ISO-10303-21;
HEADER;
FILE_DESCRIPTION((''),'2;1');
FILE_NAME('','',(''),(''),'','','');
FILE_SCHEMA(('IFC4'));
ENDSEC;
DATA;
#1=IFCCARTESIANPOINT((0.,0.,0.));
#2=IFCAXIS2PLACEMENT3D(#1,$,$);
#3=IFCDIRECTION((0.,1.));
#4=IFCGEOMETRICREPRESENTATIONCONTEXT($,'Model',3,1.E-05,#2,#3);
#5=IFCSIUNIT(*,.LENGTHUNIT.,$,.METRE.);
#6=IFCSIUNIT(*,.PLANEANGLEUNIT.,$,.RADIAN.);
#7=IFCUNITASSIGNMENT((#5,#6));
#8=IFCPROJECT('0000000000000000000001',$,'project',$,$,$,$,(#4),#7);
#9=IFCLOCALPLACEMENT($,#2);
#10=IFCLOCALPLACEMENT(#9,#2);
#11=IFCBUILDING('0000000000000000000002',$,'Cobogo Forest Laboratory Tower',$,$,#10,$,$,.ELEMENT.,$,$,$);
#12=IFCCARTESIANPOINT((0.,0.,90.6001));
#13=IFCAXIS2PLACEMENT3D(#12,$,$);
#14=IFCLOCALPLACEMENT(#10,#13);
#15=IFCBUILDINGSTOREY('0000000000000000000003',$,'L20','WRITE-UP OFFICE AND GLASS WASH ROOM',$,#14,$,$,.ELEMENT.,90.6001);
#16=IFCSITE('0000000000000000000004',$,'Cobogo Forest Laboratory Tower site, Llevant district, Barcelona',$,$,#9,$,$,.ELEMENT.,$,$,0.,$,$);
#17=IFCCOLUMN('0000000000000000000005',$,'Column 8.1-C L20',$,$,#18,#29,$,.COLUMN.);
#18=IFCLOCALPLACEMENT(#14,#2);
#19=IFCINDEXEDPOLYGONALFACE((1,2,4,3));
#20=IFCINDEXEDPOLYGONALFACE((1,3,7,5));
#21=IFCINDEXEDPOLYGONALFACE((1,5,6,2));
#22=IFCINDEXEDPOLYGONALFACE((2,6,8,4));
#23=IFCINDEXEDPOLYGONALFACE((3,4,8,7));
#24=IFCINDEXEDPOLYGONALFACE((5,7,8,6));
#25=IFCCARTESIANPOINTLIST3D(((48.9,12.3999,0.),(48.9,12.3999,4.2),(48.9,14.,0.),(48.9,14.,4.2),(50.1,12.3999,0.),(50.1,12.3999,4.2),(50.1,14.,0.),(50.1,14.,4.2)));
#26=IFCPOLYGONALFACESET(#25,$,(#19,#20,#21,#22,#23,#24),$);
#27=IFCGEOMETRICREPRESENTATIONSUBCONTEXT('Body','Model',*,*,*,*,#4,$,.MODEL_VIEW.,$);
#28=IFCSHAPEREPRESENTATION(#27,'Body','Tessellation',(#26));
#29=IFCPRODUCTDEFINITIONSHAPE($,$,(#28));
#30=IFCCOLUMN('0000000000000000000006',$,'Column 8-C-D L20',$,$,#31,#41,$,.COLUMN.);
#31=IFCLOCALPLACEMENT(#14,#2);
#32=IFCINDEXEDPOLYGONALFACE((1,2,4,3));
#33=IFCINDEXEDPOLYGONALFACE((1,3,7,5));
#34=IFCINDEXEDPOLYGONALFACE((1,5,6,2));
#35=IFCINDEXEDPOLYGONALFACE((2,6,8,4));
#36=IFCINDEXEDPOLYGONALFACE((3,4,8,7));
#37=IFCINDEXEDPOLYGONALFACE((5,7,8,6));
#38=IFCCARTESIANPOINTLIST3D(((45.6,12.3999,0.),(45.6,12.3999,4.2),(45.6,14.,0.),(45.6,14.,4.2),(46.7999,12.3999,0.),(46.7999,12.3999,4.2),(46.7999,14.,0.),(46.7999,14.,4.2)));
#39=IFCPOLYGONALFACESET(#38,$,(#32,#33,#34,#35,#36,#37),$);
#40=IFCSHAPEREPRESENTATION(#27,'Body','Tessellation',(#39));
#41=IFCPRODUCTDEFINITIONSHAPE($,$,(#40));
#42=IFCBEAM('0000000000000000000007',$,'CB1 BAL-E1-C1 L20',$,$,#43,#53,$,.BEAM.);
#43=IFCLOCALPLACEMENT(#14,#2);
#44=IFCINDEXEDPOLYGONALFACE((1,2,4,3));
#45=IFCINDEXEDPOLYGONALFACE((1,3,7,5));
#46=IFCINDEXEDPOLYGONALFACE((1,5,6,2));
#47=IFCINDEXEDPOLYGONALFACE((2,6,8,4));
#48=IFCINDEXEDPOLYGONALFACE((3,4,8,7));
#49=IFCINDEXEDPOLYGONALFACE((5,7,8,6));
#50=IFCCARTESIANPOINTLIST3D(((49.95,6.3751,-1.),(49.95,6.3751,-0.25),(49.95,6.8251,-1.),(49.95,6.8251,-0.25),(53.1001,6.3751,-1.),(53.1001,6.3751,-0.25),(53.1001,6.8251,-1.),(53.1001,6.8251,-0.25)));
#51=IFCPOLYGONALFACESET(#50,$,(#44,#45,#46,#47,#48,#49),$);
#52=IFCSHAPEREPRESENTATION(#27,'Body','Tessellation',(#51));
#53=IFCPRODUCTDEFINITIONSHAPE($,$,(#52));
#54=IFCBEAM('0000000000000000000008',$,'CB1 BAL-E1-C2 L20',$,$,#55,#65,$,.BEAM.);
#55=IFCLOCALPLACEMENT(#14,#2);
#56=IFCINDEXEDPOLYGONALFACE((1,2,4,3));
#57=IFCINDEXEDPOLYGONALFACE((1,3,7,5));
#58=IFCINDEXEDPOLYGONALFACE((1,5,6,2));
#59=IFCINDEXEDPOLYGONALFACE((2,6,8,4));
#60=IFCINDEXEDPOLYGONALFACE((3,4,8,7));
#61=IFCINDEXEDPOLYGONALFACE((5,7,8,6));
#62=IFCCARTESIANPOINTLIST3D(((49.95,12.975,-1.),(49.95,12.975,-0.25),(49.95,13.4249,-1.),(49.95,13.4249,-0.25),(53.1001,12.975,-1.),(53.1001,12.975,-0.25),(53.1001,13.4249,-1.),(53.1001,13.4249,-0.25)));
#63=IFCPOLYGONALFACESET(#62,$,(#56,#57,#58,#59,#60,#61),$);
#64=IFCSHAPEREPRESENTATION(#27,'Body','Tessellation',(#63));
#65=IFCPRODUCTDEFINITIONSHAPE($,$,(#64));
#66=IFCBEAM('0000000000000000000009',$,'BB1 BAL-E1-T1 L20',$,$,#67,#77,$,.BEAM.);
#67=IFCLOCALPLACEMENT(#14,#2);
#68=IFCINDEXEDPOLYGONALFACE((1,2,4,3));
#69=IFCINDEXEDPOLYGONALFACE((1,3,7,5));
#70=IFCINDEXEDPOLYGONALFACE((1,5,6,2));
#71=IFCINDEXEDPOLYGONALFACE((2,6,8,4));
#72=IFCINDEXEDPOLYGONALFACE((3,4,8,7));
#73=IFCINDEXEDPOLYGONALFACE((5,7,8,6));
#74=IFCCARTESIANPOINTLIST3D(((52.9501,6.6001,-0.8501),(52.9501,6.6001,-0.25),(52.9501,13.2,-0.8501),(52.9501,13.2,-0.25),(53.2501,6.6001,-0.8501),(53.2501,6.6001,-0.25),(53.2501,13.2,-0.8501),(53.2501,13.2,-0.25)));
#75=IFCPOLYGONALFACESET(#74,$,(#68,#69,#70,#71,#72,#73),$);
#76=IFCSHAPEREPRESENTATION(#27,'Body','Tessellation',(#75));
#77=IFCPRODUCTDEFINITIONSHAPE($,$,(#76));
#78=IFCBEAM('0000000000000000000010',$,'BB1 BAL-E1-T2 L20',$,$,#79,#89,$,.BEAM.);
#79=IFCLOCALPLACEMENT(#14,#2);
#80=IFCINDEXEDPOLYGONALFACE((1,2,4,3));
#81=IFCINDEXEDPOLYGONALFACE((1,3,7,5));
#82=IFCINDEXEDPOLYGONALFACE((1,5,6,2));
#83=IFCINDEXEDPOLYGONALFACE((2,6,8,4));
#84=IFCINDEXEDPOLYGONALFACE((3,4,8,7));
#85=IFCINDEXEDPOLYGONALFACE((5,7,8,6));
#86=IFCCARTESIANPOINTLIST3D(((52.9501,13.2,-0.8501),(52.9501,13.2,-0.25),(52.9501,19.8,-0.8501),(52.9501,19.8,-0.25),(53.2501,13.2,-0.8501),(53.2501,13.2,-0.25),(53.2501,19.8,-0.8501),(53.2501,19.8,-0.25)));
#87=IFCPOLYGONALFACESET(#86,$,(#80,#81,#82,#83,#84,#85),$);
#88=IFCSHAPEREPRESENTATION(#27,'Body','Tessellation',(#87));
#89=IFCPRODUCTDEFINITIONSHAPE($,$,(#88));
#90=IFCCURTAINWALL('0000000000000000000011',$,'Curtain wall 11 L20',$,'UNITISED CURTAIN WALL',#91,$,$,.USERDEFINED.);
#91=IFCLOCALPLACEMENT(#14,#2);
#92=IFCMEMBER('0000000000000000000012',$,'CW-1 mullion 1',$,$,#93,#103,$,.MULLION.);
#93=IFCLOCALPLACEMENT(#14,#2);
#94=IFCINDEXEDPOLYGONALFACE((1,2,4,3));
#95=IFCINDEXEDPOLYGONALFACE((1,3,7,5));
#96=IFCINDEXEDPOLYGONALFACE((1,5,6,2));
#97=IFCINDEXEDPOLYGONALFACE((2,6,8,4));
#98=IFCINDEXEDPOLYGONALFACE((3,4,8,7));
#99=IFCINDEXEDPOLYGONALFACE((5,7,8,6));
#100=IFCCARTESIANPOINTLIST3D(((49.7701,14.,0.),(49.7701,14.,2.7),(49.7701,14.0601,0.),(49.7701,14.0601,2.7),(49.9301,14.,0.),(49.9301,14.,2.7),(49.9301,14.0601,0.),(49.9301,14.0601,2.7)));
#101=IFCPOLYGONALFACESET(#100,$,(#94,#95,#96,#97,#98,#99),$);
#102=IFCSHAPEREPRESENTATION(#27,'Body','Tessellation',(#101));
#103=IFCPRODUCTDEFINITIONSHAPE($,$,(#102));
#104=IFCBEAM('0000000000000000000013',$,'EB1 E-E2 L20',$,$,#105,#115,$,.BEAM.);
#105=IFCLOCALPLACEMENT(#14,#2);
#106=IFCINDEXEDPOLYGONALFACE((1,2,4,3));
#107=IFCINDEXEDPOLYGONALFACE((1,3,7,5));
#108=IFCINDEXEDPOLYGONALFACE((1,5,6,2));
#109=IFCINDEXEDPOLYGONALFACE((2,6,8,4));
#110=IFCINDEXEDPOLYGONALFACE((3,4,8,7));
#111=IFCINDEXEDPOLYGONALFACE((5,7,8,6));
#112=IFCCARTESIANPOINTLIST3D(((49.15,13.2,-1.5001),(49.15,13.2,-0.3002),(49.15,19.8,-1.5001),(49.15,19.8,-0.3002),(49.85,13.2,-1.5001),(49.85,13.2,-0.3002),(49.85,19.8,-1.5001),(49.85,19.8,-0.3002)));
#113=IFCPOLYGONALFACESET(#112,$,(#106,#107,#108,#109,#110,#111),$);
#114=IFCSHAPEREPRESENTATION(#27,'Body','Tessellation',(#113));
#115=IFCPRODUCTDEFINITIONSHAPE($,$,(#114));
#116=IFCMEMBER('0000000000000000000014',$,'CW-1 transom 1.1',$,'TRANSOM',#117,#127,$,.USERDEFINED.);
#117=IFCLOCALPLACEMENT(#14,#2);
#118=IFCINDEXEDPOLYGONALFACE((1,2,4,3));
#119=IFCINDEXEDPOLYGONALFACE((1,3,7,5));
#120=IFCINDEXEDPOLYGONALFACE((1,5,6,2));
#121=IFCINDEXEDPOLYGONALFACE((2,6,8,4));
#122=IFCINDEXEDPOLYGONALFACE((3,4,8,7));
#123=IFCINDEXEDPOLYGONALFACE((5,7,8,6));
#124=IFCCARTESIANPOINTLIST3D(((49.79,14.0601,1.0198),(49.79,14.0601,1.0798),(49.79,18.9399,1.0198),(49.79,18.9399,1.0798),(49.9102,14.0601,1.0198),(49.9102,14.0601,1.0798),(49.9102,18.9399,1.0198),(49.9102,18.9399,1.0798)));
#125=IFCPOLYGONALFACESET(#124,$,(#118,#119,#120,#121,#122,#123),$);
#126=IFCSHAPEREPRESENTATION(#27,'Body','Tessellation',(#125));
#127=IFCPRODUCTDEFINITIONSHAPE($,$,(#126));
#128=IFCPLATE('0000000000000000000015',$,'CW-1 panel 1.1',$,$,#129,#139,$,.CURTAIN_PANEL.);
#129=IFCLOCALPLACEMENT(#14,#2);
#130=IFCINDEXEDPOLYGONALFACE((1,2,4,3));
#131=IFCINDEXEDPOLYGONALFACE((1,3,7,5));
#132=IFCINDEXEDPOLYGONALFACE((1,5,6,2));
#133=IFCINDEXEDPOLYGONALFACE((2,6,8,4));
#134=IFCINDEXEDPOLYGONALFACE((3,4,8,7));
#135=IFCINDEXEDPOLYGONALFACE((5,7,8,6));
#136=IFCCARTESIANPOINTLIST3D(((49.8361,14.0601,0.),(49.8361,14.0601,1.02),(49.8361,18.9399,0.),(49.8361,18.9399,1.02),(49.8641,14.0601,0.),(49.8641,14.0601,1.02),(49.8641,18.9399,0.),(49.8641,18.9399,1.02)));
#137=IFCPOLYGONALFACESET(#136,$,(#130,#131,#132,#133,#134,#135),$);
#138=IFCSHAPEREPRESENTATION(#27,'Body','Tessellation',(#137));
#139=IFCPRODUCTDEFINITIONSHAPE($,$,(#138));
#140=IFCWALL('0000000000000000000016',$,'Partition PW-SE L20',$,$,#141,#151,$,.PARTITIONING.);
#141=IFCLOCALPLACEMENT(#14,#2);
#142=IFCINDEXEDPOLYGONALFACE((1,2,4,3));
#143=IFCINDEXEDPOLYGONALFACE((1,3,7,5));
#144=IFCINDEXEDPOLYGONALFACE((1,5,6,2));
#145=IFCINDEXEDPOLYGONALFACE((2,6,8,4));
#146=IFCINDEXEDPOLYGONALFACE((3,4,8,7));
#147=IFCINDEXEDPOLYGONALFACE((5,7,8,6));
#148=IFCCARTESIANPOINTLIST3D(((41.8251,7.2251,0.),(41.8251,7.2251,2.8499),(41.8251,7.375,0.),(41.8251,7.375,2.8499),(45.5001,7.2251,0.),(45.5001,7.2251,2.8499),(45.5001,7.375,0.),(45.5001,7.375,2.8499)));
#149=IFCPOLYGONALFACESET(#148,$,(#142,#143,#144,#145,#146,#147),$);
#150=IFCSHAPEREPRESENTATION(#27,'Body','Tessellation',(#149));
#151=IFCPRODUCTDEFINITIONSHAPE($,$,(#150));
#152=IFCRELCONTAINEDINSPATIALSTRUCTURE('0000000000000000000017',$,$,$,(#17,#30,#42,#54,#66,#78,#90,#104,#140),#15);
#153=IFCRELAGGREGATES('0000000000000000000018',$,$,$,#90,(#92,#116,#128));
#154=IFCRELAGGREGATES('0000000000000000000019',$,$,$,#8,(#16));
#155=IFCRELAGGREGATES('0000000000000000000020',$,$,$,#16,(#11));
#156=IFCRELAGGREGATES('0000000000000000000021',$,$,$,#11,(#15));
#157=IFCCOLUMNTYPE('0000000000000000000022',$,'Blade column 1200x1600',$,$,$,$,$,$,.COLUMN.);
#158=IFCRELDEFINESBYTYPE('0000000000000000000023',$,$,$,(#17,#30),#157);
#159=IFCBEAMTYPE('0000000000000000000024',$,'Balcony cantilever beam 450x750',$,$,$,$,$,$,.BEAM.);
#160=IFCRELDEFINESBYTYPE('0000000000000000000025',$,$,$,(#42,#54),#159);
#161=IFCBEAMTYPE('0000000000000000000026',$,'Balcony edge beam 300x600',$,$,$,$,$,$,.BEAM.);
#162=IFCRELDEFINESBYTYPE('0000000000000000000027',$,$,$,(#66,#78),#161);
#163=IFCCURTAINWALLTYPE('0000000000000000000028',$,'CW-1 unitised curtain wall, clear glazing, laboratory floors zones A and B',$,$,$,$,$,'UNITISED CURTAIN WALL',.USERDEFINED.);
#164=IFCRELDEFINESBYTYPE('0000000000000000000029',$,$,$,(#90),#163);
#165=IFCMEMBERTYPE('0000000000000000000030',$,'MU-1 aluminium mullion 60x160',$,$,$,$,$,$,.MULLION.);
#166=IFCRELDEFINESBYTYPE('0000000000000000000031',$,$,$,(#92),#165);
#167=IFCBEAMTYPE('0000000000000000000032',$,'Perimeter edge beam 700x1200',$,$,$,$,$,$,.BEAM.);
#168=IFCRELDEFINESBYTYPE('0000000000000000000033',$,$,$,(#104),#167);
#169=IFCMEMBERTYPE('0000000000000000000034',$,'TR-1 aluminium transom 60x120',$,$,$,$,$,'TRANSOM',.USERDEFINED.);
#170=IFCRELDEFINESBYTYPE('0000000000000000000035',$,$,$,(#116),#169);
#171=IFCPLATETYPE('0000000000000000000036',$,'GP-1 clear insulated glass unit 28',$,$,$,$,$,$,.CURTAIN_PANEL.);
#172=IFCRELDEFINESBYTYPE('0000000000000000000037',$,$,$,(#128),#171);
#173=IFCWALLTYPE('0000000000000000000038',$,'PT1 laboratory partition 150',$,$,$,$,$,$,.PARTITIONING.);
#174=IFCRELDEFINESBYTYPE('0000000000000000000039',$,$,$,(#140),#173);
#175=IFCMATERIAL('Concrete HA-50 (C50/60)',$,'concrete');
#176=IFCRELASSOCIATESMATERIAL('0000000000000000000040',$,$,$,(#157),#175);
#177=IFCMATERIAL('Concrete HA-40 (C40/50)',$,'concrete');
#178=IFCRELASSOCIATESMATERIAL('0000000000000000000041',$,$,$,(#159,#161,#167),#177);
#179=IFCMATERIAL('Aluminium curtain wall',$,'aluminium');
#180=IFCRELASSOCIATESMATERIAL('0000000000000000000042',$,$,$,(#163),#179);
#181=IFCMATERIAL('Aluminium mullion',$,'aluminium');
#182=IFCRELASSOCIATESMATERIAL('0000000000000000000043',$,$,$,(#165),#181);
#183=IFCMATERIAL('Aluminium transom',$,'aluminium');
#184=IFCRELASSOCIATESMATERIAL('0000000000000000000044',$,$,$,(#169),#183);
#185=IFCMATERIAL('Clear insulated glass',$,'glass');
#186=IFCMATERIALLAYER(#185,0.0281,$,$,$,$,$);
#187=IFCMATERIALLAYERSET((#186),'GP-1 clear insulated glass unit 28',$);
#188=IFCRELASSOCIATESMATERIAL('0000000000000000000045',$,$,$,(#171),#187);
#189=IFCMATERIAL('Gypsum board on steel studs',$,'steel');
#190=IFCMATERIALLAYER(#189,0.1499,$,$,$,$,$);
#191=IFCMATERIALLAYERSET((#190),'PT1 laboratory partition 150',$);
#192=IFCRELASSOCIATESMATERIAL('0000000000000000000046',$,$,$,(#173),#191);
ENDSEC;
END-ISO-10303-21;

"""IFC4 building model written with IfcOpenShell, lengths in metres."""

from ifc_helpers import new_model, si_unit, direction, frame, frame_2d, origin, origin_2d, place, context, subcontext, project, spatial, rectangle, extrude, material, layer, layer_set, material_profile, profile_set, type_object, element, aggregate, save


model = new_model("IFC4")

# Units and contexts
model_context = context("Model", 3, precision=1e-05, world=origin(), true_north=direction((0.0, 1.0)))
body_context = subcontext(model_context, "Body", "Model", "MODEL_VIEW")
ifc_project = project(units=[si_unit("LENGTHUNIT", "METRE"), si_unit("PLANEANGLEUNIT", "RADIAN")], contexts=[model_context])

# Site, building, storey
site_placement = place(None, origin())
site = spatial("IfcSite", under=ifc_project, at=site_placement, Name="Cobogo Forest Laboratory Tower site, Llevant district, Barcelona", CompositionType="ELEMENT", RefElevation=0.0)
building_placement = place(site_placement, origin())
building = spatial("IfcBuilding", under=site, at=building_placement, Name="Cobogo Forest Laboratory Tower", CompositionType="ELEMENT")
storey_placement = place(building_placement, frame((0.0, 0.0, 90.6001)))
storey = spatial("IfcBuildingStorey", under=building, at=storey_placement, Name="L20", Description="WRITE-UP OFFICE AND GLASS WASH ROOM", CompositionType="ELEMENT", Elevation=90.6001)

# Columns
ifc_material_1 = material(Name="Concrete HA-50 (C50/60)", Category="concrete")
ifc_material_profile_1 = material_profile(ifc_material_1, rectangle(XDim=1.6001, YDim=1.2, at=origin_2d()), Name="RC 1200x1600")
ifc_profile_set_1 = profile_set([ifc_material_profile_1], Name="Concrete HA-50 (C50/60)")
column_type = type_object("IfcColumnType", Name="Blade column 1200x1600", PredefinedType="COLUMN", material=ifc_profile_set_1)
for number, where, z_axis, x_axis, name in (
    (1, (49.5, 13.2, 0.0), (0.0, 0.0, 1.0), (0.0, 1.0, 0.0), "Column 8.1-C L20"),
    (2, (46.2, 13.2, 0.0), (0.0, 0.0, 1.0), (0.0, 1.0, 0.0), "Column 8-C-D L20"),
):
    element("IfcColumn", number, at=place(storey_placement, frame(where, z_axis=z_axis, x_axis=x_axis)), inside=storey, type_object=column_type, Name=name, PredefinedType="COLUMN", context=body_context, shape_type="SweptSolid", body=[
        extrude(rectangle(XDim=1.6001, YDim=1.2, at=origin_2d()), origin(), (0.0, 0.0, 1.0), 4.2),
    ])

# Beams
ifc_material_2 = material(Name="Concrete HA-40 (C40/50)", Category="concrete")
ifc_material_profile_2 = material_profile(ifc_material_2, rectangle(XDim=0.45, YDim=0.75, at=origin_2d()), Name="RC 450x750")
ifc_profile_set_2 = profile_set([ifc_material_profile_2], Name="Concrete HA-40 (C40/50)")
beam_type_1 = type_object("IfcBeamType", Name="Balcony cantilever beam 450x750", PredefinedType="BEAM", material=ifc_profile_set_2)
for number, where, z_axis, x_axis, name in (
    (3, (49.95, 6.6001, -0.625), (1.0, 0.0, 0.0), (0.0, 1.0, 0.0), "CB1 BAL-E1-C1 L20"),
    (4, (49.95, 13.2, -0.625), (1.0, 0.0, 0.0), (0.0, 1.0, 0.0), "CB1 BAL-E1-C2 L20"),
):
    element("IfcBeam", number, at=place(storey_placement, frame(where, z_axis=z_axis, x_axis=x_axis)), inside=storey, type_object=beam_type_1, Name=name, PredefinedType="BEAM", context=body_context, shape_type="SweptSolid", body=[
        extrude(rectangle(XDim=0.45, YDim=0.75, at=origin_2d()), origin(), (0.0, 0.0, 1.0), 3.1501),
    ])
ifc_material_profile_3 = material_profile(ifc_material_2, rectangle(XDim=0.3, YDim=0.6001, at=origin_2d()), Name="RC 300x600")
ifc_profile_set_3 = profile_set([ifc_material_profile_3], Name="Concrete HA-40 (C40/50)")
beam_type_2 = type_object("IfcBeamType", Name="Balcony edge beam 300x600", PredefinedType="BEAM", material=ifc_profile_set_3)
beam_1_placement = place(storey_placement, frame((53.1001, 6.6001, -0.55), z_axis=(0.0, 1.0, 0.0), x_axis=(-1.0, 0.0, 0.0)))
element("IfcBeam", 5, at=beam_1_placement, inside=storey, type_object=beam_type_2, Name="BB1 BAL-E1-T1 L20", PredefinedType="BEAM", context=body_context, shape_type="SweptSolid", body=[
    extrude(rectangle(XDim=0.3, YDim=0.6001, at=origin_2d()), origin(), (0.0, 0.0, 1.0), 6.5999),
])
beam_2_placement = place(storey_placement, frame((53.1001, 13.2, -0.55), z_axis=(0.0, 1.0, 0.0), x_axis=(-1.0, 0.0, 0.0)))
element("IfcBeam", 6, at=beam_2_placement, inside=storey, type_object=beam_type_2, Name="BB1 BAL-E1-T2 L20", PredefinedType="BEAM", context=body_context, shape_type="SweptSolid", body=[
    extrude(rectangle(XDim=0.3, YDim=0.6001, at=origin_2d()), origin(), (0.0, 0.0, 1.0), 6.6001),
])

# Curtain wall, member
ifc_material_3 = material(Name="Aluminium curtain wall", Category="aluminium")
curtain_wall_type = type_object("IfcCurtainWallType", Name="CW-1 unitised curtain wall, clear glazing, laboratory floors zones A and B", ElementType="UNITISED CURTAIN WALL", PredefinedType="USERDEFINED", material=ifc_material_3)
curtain_wall_placement = place(storey_placement, origin())
curtain_wall = element("IfcCurtainWall", 7, at=curtain_wall_placement, inside=storey, type_object=curtain_wall_type, Name="Curtain wall 11 L20", ObjectType="UNITISED CURTAIN WALL", PredefinedType="USERDEFINED")
ifc_material_4 = material(Name="Aluminium mullion", Category="aluminium")
ifc_material_profile_4 = material_profile(ifc_material_4, rectangle(XDim=0.0601, YDim=0.1599, at=origin_2d()), Name="AL 60x160")
ifc_profile_set_4 = profile_set([ifc_material_profile_4], Name="Aluminium mullion")
member_type_1 = type_object("IfcMemberType", Name="MU-1 aluminium mullion 60x160", PredefinedType="MULLION", material=ifc_profile_set_4)
member_1_placement = place(storey_placement, frame((49.8501, 14.03, 0.0), z_axis=(0.0, 0.0, 1.0), x_axis=(0.0, 1.0, 0.0)))
member_1 = element("IfcMember", 8, at=member_1_placement, type_object=member_type_1, Name="CW-1 mullion 1", PredefinedType="MULLION", context=body_context, shape_type="SweptSolid", body=[
    extrude(rectangle(XDim=0.0601, YDim=0.1599, at=origin_2d()), origin(), (0.0, 0.0, 1.0), 2.7),
])

# Beam
ifc_material_profile_5 = material_profile(ifc_material_2, rectangle(XDim=0.7, YDim=1.2, at=origin_2d()), Name="RC 700x1200")
ifc_profile_set_5 = profile_set([ifc_material_profile_5], Name="Concrete HA-40 (C40/50)")
beam_type_3 = type_object("IfcBeamType", Name="Perimeter edge beam 700x1200", PredefinedType="BEAM", material=ifc_profile_set_5)
beam_3_placement = place(storey_placement, frame((49.5, 13.2, -0.9001), z_axis=(0.0, 1.0, 0.0), x_axis=(-1.0, 0.0, 0.0)))
element("IfcBeam", 9, at=beam_3_placement, inside=storey, type_object=beam_type_3, Name="EB1 E-E2 L20", PredefinedType="BEAM", context=body_context, shape_type="SweptSolid", body=[
    extrude(rectangle(XDim=0.7, YDim=1.2, at=origin_2d()), origin(), (0.0, 0.0, 1.0), 6.6001),
])

# Member
ifc_material_5 = material(Name="Aluminium transom", Category="aluminium")
ifc_material_profile_6 = material_profile(ifc_material_5, rectangle(XDim=0.1201, YDim=0.0601, at=origin_2d()), Name="AL 60x120")
ifc_profile_set_6 = profile_set([ifc_material_profile_6], Name="Aluminium transom")
member_type_2 = type_object("IfcMemberType", Name="TR-1 aluminium transom 60x120", ElementType="TRANSOM", PredefinedType="USERDEFINED", material=ifc_profile_set_6)
member_2_placement = place(storey_placement, frame((49.8501, 14.0601, 1.0498), z_axis=(0.0, 1.0, 0.0), x_axis=(-1.0, 0.0, 0.0)))
member_2 = element("IfcMember", 10, at=member_2_placement, type_object=member_type_2, Name="CW-1 transom 1.1", ObjectType="TRANSOM", PredefinedType="USERDEFINED", context=body_context, shape_type="SweptSolid", body=[
    extrude(rectangle(XDim=0.1201, YDim=0.0601, at=origin_2d()), origin(), (0.0, 0.0, 1.0), 4.8799),
])

# Plate
ifc_material_6 = material(Name="Clear insulated glass", Category="glass")
ifc_layer_1 = layer(ifc_material_6, 0.0281)
ifc_layer_set_1 = layer_set([ifc_layer_1], Name="GP-1 clear insulated glass unit 28")
plate_type = type_object("IfcPlateType", Name="GP-1 clear insulated glass unit 28", PredefinedType="CURTAIN_PANEL", material=ifc_layer_set_1)
plate_placement = place(storey_placement, frame((49.8501, 16.5, 0.0), z_axis=(0.0, 0.0, 1.0), x_axis=(0.0, 1.0, 0.0)))
plate = element("IfcPlate", 11, at=plate_placement, type_object=plate_type, Name="CW-1 panel 1.1", PredefinedType="CURTAIN_PANEL", context=body_context, shape_type="SweptSolid", body=[
    extrude(rectangle(XDim=4.8799, YDim=0.0281, at=origin_2d()), origin(), (0.0, 0.0, 1.0), 1.02),
])
aggregate(curtain_wall, [member_1, member_2, plate])

# Wall
ifc_material_7 = material(Name="Gypsum board on steel studs", Category="steel")
ifc_layer_2 = layer(ifc_material_7, 0.1499)
ifc_layer_set_2 = layer_set([ifc_layer_2], Name="PT1 laboratory partition 150")
wall_type_1 = type_object("IfcWallType", Name="PT1 laboratory partition 150", PredefinedType="PARTITIONING", material=ifc_layer_set_2)
wall_1_placement = place(storey_placement, frame((45.5, 7.3, 0.0), z_axis=(0.0, 0.0, 1.0), x_axis=(-1.0, 0.0, 0.0)))
element("IfcWall", 12, at=wall_1_placement, inside=storey, type_object=wall_type_1, Name="Partition PW-SE L20", PredefinedType="PARTITIONING", context=body_context, shape_type="SweptSolid", body=[
    extrude(rectangle(XDim=3.675, YDim=0.1499, at=frame_2d((1.8374, 0.0))), origin(), (0.0, 0.0, 1.0), 2.8499),
])

save(model, "model.ifc")
